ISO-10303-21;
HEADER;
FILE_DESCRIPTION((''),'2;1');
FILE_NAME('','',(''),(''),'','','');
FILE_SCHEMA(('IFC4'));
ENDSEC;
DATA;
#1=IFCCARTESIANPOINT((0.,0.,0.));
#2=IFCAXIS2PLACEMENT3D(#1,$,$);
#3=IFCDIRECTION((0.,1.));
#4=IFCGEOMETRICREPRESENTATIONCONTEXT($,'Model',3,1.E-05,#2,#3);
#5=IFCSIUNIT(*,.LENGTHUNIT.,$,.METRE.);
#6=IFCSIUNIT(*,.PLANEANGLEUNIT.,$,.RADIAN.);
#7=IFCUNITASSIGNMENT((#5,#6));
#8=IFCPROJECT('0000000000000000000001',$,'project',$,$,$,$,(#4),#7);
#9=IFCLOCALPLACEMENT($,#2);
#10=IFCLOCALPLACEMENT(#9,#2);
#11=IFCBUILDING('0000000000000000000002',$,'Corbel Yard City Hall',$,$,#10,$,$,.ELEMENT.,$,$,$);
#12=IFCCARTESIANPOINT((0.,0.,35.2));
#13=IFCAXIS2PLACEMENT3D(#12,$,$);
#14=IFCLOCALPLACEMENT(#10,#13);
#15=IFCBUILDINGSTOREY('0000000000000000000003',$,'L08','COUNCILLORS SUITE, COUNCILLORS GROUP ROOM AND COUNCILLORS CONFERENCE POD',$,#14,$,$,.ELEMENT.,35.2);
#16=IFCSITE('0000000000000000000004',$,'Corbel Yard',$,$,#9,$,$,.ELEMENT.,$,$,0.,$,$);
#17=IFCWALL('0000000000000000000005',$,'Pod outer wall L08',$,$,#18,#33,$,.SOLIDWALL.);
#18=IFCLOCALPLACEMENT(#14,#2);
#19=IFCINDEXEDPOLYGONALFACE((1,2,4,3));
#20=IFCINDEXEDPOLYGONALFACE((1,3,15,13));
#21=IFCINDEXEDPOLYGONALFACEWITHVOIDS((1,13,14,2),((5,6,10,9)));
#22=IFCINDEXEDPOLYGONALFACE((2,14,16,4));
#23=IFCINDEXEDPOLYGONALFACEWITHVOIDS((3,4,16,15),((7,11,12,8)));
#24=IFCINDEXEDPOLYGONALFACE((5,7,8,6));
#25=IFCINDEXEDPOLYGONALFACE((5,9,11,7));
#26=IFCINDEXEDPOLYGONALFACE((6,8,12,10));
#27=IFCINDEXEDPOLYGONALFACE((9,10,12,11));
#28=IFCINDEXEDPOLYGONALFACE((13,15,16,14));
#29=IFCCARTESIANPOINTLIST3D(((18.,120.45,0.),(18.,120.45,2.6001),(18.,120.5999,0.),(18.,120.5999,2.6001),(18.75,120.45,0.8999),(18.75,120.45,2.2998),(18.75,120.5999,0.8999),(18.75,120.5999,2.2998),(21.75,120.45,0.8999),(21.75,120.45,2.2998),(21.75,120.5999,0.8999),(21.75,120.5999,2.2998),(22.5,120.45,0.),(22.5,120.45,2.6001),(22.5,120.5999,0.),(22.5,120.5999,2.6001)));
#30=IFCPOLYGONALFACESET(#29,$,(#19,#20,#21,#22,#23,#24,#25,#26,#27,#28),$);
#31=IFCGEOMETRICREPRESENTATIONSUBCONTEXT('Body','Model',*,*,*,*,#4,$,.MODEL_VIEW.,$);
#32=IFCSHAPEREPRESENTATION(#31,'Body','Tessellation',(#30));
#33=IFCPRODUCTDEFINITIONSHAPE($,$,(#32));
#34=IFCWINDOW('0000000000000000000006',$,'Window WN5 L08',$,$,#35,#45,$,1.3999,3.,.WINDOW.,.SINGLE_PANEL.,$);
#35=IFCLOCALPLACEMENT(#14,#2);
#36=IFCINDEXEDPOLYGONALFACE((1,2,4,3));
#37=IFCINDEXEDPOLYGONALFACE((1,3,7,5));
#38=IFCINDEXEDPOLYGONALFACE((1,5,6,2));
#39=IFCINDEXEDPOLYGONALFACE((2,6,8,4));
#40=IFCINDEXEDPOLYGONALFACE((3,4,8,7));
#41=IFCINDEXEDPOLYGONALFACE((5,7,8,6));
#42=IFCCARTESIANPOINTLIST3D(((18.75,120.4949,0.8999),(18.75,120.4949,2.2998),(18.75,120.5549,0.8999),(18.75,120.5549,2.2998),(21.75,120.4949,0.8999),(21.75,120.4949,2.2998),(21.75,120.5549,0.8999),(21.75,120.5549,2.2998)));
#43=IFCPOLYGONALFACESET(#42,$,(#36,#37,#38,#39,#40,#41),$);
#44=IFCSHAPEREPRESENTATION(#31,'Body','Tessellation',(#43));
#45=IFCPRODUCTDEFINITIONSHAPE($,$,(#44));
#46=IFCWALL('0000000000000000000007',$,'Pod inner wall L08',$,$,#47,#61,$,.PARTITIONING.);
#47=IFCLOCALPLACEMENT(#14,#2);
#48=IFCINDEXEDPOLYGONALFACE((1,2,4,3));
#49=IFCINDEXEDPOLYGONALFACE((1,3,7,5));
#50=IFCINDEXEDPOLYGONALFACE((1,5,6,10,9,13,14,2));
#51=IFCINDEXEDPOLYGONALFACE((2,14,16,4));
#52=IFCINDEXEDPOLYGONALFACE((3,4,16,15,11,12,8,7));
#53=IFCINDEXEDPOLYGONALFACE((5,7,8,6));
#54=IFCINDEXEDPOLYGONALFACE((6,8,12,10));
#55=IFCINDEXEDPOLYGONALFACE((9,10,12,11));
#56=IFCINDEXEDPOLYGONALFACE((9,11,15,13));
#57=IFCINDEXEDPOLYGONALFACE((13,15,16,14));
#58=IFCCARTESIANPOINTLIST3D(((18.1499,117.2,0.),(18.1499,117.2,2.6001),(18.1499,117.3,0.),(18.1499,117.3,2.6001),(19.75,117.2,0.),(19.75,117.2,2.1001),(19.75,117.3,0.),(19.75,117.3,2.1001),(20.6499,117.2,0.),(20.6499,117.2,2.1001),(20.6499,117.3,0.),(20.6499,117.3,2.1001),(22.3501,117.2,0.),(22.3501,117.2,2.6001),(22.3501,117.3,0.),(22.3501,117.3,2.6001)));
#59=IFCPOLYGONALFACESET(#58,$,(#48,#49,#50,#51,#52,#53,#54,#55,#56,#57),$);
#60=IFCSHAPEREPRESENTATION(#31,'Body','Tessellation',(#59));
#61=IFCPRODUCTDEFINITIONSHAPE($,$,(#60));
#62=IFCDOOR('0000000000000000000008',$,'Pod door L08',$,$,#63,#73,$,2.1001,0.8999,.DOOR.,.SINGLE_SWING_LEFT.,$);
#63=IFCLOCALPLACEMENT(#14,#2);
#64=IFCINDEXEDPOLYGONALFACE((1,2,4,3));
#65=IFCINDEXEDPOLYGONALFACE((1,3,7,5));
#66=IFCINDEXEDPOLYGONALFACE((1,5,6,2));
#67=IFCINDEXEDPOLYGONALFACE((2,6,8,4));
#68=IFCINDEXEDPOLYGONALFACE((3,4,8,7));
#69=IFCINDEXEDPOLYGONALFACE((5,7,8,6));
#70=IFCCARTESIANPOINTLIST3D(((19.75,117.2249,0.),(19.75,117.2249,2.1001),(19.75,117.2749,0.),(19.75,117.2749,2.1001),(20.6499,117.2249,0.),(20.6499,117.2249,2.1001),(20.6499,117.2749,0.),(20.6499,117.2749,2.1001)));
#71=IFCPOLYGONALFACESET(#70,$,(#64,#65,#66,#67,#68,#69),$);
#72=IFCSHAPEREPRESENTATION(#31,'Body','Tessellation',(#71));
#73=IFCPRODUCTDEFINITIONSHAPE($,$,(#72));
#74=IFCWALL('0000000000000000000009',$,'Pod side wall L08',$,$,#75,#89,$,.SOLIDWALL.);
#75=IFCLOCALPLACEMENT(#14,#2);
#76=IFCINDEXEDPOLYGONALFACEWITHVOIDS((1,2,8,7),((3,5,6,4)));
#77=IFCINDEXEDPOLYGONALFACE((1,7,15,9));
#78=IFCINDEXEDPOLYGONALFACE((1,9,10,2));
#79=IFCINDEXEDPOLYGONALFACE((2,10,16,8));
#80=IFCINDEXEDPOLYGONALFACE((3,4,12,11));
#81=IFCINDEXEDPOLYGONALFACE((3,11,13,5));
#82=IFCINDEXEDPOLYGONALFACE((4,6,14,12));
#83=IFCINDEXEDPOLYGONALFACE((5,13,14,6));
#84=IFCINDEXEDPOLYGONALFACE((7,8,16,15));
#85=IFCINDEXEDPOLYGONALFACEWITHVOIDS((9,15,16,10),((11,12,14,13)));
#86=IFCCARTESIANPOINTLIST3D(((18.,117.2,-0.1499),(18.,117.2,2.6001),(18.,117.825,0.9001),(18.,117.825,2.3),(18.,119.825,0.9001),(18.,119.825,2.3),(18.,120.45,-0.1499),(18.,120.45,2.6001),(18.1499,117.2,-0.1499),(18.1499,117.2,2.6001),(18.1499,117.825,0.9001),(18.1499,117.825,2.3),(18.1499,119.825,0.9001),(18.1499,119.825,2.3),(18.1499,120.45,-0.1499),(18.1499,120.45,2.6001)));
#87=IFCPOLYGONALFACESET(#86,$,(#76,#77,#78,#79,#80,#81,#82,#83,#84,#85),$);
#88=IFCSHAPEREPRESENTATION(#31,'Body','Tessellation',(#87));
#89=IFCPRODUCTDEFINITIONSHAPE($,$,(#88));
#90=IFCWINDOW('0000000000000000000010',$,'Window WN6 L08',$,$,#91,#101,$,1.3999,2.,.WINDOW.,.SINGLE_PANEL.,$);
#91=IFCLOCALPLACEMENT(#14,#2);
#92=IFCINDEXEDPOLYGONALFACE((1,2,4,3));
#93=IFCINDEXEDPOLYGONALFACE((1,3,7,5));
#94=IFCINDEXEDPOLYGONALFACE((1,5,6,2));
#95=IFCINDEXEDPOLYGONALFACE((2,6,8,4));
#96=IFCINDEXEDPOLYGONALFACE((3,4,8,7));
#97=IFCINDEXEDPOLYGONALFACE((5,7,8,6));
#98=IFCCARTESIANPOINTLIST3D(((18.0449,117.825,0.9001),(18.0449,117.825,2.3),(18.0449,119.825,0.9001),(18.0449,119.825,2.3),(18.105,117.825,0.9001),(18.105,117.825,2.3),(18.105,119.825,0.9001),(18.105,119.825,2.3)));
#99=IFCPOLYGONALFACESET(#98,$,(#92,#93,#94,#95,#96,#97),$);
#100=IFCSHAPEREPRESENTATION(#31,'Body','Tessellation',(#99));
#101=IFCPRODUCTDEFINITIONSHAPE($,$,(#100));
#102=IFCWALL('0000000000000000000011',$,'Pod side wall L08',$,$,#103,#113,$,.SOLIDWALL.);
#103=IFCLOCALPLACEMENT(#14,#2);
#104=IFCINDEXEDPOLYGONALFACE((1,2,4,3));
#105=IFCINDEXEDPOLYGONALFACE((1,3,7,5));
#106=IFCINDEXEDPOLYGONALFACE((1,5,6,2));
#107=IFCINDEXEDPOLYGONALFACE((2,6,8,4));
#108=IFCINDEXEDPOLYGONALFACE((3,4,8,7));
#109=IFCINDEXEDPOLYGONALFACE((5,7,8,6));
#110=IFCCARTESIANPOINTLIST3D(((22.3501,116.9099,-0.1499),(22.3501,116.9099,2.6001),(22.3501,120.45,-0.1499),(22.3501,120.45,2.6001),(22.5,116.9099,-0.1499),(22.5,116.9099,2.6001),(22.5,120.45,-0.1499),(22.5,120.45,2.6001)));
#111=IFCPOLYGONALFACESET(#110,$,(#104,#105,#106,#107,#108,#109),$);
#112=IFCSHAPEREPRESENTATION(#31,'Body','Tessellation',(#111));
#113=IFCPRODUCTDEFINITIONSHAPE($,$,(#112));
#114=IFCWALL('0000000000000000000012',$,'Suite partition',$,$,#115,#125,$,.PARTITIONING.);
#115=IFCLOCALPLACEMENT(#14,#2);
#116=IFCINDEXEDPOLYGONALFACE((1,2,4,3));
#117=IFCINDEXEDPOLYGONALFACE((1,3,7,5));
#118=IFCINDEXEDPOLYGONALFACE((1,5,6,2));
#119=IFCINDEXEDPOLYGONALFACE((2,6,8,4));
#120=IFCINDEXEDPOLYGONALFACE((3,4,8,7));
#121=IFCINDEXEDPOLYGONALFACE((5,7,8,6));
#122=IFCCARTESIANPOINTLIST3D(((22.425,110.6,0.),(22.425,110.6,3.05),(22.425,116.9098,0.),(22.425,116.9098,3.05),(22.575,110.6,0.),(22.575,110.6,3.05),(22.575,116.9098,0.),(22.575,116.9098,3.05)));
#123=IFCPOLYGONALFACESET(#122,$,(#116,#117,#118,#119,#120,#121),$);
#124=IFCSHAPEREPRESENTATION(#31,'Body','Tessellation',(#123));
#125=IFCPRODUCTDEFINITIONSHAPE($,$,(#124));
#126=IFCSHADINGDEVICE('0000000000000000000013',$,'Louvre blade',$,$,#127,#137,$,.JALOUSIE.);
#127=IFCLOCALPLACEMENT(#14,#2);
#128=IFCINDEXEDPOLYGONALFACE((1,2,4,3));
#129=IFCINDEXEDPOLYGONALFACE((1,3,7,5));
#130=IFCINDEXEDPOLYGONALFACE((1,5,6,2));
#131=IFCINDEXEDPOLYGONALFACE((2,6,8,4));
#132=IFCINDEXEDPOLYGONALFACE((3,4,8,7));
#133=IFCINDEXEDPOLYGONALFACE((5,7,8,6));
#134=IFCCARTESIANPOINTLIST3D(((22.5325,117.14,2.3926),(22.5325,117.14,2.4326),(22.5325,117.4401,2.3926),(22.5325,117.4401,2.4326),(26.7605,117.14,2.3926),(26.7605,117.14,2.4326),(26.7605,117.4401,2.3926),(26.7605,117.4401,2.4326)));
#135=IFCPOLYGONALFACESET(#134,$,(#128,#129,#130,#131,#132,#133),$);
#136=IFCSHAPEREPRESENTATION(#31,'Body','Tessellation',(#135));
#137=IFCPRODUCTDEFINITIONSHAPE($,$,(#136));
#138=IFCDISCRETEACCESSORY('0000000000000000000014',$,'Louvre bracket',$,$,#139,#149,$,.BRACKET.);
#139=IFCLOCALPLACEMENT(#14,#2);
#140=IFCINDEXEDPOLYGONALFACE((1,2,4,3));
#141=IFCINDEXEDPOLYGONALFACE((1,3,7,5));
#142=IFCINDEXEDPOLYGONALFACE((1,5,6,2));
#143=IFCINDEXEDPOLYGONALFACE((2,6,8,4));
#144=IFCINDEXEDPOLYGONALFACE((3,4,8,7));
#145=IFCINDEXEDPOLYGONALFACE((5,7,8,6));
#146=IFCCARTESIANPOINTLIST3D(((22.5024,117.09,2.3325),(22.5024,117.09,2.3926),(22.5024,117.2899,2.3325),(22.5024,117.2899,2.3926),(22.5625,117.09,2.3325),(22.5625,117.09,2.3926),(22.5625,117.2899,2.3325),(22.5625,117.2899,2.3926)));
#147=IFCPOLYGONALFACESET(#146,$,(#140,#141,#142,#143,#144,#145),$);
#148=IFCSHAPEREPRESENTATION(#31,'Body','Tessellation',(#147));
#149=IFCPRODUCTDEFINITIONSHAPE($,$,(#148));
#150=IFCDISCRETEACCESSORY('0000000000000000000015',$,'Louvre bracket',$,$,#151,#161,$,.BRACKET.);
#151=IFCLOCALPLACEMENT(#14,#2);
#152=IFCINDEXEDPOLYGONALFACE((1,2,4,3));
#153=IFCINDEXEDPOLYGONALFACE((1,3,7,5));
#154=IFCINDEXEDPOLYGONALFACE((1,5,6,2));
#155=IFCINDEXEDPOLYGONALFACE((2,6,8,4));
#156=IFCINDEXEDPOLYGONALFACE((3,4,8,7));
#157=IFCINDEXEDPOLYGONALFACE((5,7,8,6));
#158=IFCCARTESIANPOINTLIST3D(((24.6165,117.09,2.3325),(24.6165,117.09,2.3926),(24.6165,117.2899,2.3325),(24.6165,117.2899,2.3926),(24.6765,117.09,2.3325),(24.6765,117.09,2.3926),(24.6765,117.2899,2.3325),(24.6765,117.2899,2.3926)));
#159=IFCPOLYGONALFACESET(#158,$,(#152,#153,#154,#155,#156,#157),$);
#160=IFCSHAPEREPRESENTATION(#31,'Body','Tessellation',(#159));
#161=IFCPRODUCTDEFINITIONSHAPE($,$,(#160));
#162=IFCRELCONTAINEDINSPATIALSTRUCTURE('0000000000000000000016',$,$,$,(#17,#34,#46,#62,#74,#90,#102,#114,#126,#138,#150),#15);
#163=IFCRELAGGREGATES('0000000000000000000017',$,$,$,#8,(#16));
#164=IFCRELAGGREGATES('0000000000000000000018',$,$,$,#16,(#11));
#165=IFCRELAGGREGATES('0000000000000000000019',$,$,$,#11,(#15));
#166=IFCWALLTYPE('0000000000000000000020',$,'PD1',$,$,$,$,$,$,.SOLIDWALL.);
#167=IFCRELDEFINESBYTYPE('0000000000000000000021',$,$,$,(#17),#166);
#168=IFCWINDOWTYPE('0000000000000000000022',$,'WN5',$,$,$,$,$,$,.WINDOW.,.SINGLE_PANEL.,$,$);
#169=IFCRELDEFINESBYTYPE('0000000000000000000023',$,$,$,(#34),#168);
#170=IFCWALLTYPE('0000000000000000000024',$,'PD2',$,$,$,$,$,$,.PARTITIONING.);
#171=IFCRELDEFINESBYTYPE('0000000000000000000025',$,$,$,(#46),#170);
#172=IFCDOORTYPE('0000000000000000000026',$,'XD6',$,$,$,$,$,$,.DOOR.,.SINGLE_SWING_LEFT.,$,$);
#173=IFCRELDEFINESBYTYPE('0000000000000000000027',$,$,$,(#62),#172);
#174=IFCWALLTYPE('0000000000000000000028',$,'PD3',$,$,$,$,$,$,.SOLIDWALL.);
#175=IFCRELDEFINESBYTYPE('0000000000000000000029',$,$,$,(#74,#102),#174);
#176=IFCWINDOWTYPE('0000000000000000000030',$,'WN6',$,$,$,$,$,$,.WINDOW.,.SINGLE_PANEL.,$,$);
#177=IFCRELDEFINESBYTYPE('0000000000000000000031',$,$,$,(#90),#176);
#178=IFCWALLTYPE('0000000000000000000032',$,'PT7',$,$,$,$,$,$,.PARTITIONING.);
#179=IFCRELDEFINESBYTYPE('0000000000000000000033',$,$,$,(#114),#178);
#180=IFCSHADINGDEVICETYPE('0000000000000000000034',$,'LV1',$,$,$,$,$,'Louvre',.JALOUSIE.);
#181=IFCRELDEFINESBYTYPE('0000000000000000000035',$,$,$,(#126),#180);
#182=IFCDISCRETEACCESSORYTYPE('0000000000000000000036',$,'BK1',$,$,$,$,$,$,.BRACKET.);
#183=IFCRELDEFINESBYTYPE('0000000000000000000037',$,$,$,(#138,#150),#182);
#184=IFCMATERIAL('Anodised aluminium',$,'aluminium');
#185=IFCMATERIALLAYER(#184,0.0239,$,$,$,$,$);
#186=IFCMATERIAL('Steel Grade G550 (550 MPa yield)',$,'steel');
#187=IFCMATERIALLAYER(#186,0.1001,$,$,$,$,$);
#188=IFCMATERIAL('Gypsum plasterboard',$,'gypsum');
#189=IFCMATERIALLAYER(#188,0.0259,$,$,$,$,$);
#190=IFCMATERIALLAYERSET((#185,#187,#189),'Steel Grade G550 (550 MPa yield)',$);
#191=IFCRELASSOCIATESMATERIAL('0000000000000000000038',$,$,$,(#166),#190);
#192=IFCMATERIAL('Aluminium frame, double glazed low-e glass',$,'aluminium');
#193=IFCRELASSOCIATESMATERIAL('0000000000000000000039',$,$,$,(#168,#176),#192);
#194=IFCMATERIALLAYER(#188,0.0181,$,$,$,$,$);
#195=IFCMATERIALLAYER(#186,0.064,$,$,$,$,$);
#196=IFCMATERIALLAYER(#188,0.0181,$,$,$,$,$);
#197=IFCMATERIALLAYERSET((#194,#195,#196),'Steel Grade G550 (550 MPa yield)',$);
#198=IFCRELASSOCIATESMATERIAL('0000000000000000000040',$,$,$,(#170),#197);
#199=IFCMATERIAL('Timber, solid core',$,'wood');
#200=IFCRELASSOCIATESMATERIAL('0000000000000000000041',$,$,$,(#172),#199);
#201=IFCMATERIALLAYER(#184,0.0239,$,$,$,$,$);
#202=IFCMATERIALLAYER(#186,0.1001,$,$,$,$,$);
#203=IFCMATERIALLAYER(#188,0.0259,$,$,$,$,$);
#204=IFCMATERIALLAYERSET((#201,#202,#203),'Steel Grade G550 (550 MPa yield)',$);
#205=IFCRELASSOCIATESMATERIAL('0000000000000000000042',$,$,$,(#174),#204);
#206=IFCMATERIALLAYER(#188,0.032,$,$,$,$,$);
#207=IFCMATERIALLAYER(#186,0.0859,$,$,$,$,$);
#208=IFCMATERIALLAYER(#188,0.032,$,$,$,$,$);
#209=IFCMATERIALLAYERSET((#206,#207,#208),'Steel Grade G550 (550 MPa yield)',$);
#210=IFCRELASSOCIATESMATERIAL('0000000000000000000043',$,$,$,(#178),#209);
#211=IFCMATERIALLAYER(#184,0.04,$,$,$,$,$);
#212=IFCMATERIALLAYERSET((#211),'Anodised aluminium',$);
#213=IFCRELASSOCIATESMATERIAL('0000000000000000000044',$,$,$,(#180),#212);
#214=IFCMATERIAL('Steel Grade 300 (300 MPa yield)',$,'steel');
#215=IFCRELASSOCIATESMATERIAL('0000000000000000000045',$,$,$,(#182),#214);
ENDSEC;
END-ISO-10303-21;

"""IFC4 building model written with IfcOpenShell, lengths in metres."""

from ifc_helpers import new_model, si_unit, direction, frame, frame_2d, origin, origin_2d, place, context, subcontext, project, spatial, rectangle, extrude, material, layer, layer_set, type_object, element, fill, save


model = new_model("IFC4")

# Units and contexts
model_context = context("Model", 3, precision=1e-05, world=origin(), true_north=direction((0.0, 1.0)))
body_context = subcontext(model_context, "Body", "Model", "MODEL_VIEW")
ifc_project = project(units=[si_unit("LENGTHUNIT", "METRE"), si_unit("PLANEANGLEUNIT", "RADIAN")], contexts=[model_context])

# Site, building, storey
site_placement = place(None, origin())
site = spatial("IfcSite", under=ifc_project, at=site_placement, Name="Corbel Yard", CompositionType="ELEMENT", RefElevation=0.0)
building_placement = place(site_placement, origin())
building = spatial("IfcBuilding", under=site, at=building_placement, Name="Corbel Yard City Hall", CompositionType="ELEMENT")
storey_placement = place(building_placement, frame((0.0, 0.0, 35.2)))
storey = spatial("IfcBuildingStorey", under=building, at=storey_placement, Name="L08", Description="COUNCILLORS SUITE, COUNCILLORS GROUP ROOM AND COUNCILLORS CONFERENCE POD", CompositionType="ELEMENT", Elevation=35.2)

# Shared definitions
ifc_material_1 = material(Name="Steel Grade 300 (300 MPa yield)", Category="steel")

# Wall, opening, window
ifc_material_2 = material(Name="Anodised aluminium", Category="aluminium")
ifc_layer_1 = layer(ifc_material_2, 0.0239)
ifc_material_3 = material(Name="Steel Grade G550 (550 MPa yield)", Category="steel")
ifc_layer_2 = layer(ifc_material_3, 0.1001)
ifc_material_4 = material(Name="Gypsum plasterboard", Category="gypsum")
ifc_layer_3 = layer(ifc_material_4, 0.0259)
ifc_layer_set_1 = layer_set([ifc_layer_1, ifc_layer_2, ifc_layer_3], Name="Steel Grade G550 (550 MPa yield)")
wall_type_1 = type_object("IfcWallType", Name="PD1", PredefinedType="SOLIDWALL", material=ifc_layer_set_1)
wall_1_placement = place(storey_placement, frame((18.0, 120.5249, 0.0), z_axis=(0.0, 0.0, 1.0), x_axis=(1.0, 0.0, 0.0)))
wall_1 = element("IfcWall", 1, at=wall_1_placement, inside=storey, type_object=wall_type_1, Name="Pod outer wall L08", PredefinedType="SOLIDWALL", context=body_context, shape_type="SweptSolid", body=[
    extrude(rectangle(XDim=4.5, YDim=0.1499, at=frame_2d((2.25, 0.0))), origin(), (0.0, 0.0, 1.0), 2.6001),
])
opening_1_placement = place(wall_1_placement, frame((0.75, 0.0, 0.8999)))
opening_1 = element("IfcOpeningElement", 2, at=opening_1_placement, cuts=wall_1, PredefinedType="OPENING", context=body_context, shape_type="SweptSolid", body=[
    extrude(rectangle(XDim=3.0, YDim=1.3999, at=frame_2d((1.5, 0.7))), frame((0.0, 0.085, 0.0), z_axis=(0.0, -1.0, 0.0), x_axis=(1.0, 0.0, 0.0)), (0.0, 0.0, 1.0), 0.1699),
])
ifc_material_5 = material(Name="Aluminium frame, double glazed low-e glass", Category="aluminium")
window_type_1 = type_object("IfcWindowType", Name="WN5", PartitioningType="SINGLE_PANEL", PredefinedType="WINDOW", material=ifc_material_5)
window_1_placement = place(opening_1_placement, origin())
window_1 = element("IfcWindow", 3, at=window_1_placement, inside=storey, type_object=window_type_1, Name="Window WN5 L08", OverallHeight=1.3999, OverallWidth=3.0, PartitioningType="SINGLE_PANEL", PredefinedType="WINDOW", context=body_context, shape_type="SweptSolid", body=[
    extrude(rectangle(XDim=3.0, YDim=1.3999, at=frame_2d((1.5, 0.7))), frame((0.0, 0.03, 0.0), z_axis=(0.0, -1.0, 0.0), x_axis=(1.0, 0.0, 0.0)), (0.0, 0.0, 1.0), 0.0601),
])
fill(opening_1, window_1)

# Wall, opening, door
ifc_layer_4 = layer(ifc_material_4, 0.0181)
ifc_layer_5 = layer(ifc_material_3, 0.064)
ifc_layer_6 = layer(ifc_material_4, 0.0181)
ifc_layer_set_2 = layer_set([ifc_layer_4, ifc_layer_5, ifc_layer_6], Name="Steel Grade G550 (550 MPa yield)")
wall_type_2 = type_object("IfcWallType", Name="PD2", PredefinedType="PARTITIONING", material=ifc_layer_set_2)
wall_2_placement = place(storey_placement, frame((18.1499, 117.25, 0.0), z_axis=(0.0, 0.0, 1.0), x_axis=(1.0, 0.0, 0.0)))
wall_2 = element("IfcWall", 4, at=wall_2_placement, inside=storey, type_object=wall_type_2, Name="Pod inner wall L08", PredefinedType="PARTITIONING", context=body_context, shape_type="SweptSolid", body=[
    extrude(rectangle(XDim=4.2002, YDim=0.1001, at=frame_2d((2.1001, 0.0))), origin(), (0.0, 0.0, 1.0), 2.6001),
])
opening_2_placement = place(wall_2_placement, frame((1.6001, 0.0, 0.0)))
opening_2 = element("IfcOpeningElement", 5, at=opening_2_placement, cuts=wall_2, PredefinedType="OPENING", context=body_context, shape_type="SweptSolid", body=[
    extrude(rectangle(XDim=0.8999, YDim=2.1001, at=frame_2d((0.45, 1.05))), frame((0.0, 0.0601, 0.0), z_axis=(0.0, -1.0, 0.0), x_axis=(1.0, 0.0, 0.0)), (0.0, 0.0, 1.0), 0.1201),
])
ifc_material_6 = material(Name="Timber, solid core", Category="wood")
door_type = type_object("IfcDoorType", Name="XD6", OperationType="SINGLE_SWING_LEFT", PredefinedType="DOOR", material=ifc_material_6)
door_placement = place(opening_2_placement, origin())
door = element("IfcDoor", 6, at=door_placement, inside=storey, type_object=door_type, Name="Pod door L08", OperationType="SINGLE_SWING_LEFT", OverallHeight=2.1001, OverallWidth=0.8999, PredefinedType="DOOR", context=body_context, shape_type="SweptSolid", body=[
    extrude(rectangle(XDim=0.8999, YDim=2.1001, at=frame_2d((0.45, 1.05))), frame((0.0, 0.0249, 0.0), z_axis=(0.0, -1.0, 0.0), x_axis=(1.0, 0.0, 0.0)), (0.0, 0.0, 1.0), 0.05),
])
fill(opening_2, door)

# Wall, opening, window
ifc_layer_7 = layer(ifc_material_2, 0.0239)
ifc_layer_8 = layer(ifc_material_3, 0.1001)
ifc_layer_9 = layer(ifc_material_4, 0.0259)
ifc_layer_set_3 = layer_set([ifc_layer_7, ifc_layer_8, ifc_layer_9], Name="Steel Grade G550 (550 MPa yield)")
wall_type_3 = type_object("IfcWallType", Name="PD3", PredefinedType="SOLIDWALL", material=ifc_layer_set_3)
wall_3_placement = place(storey_placement, frame((18.075, 120.45, -0.1499), z_axis=(0.0, 0.0, 1.0), x_axis=(0.0, -1.0, 0.0)))
wall_3 = element("IfcWall", 7, at=wall_3_placement, inside=storey, type_object=wall_type_3, Name="Pod side wall L08", PredefinedType="SOLIDWALL", context=body_context, shape_type="SweptSolid", body=[
    extrude(rectangle(XDim=3.25, YDim=0.1499, at=frame_2d((1.625, 0.0))), origin(), (0.0, 0.0, 1.0), 2.75),
])
opening_3_placement = place(wall_3_placement, frame((0.625, 0.0, 1.05)))
opening_3 = element("IfcOpeningElement", 8, at=opening_3_placement, cuts=wall_3, PredefinedType="OPENING", context=body_context, shape_type="SweptSolid", body=[
    extrude(rectangle(XDim=2.0, YDim=1.3999, at=frame_2d((1.0, 0.7))), frame((0.0, 0.085, 0.0), z_axis=(0.0, -1.0, 0.0), x_axis=(1.0, 0.0, 0.0)), (0.0, 0.0, 1.0), 0.1699),
])
window_type_2 = type_object("IfcWindowType", Name="WN6", PartitioningType="SINGLE_PANEL", PredefinedType="WINDOW", material=ifc_material_5)
window_2_placement = place(opening_3_placement, origin())
window_2 = element("IfcWindow", 9, at=window_2_placement, inside=storey, type_object=window_type_2, Name="Window WN6 L08", OverallHeight=1.3999, OverallWidth=2.0, PartitioningType="SINGLE_PANEL", PredefinedType="WINDOW", context=body_context, shape_type="SweptSolid", body=[
    extrude(rectangle(XDim=2.0, YDim=1.3999, at=frame_2d((1.0, 0.7))), frame((0.0, 0.03, 0.0), z_axis=(0.0, -1.0, 0.0), x_axis=(1.0, 0.0, 0.0)), (0.0, 0.0, 1.0), 0.0601),
])
fill(opening_3, window_2)

# Walls
wall_4_placement = place(storey_placement, frame((22.425, 120.45, -0.1499), z_axis=(0.0, 0.0, 1.0), x_axis=(0.0, -1.0, 0.0)))
element("IfcWall", 10, at=wall_4_placement, inside=storey, type_object=wall_type_3, Name="Pod side wall L08", PredefinedType="SOLIDWALL", context=body_context, shape_type="SweptSolid", body=[
    extrude(rectangle(XDim=3.54, YDim=0.1499, at=frame_2d((1.77, 0.0))), origin(), (0.0, 0.0, 1.0), 2.75),
])
ifc_layer_10 = layer(ifc_material_4, 0.032)
ifc_layer_11 = layer(ifc_material_3, 0.0859)
ifc_layer_12 = layer(ifc_material_4, 0.032)
ifc_layer_set_4 = layer_set([ifc_layer_10, ifc_layer_11, ifc_layer_12], Name="Steel Grade G550 (550 MPa yield)")
wall_type_4 = type_object("IfcWallType", Name="PT7", PredefinedType="PARTITIONING", material=ifc_layer_set_4)
wall_5_placement = place(storey_placement, frame((22.5, 110.6001, 0.0), z_axis=(0.0, 0.0, 1.0), x_axis=(0.0, 1.0, 0.0)))
element("IfcWall", 11, at=wall_5_placement, inside=storey, type_object=wall_type_4, Name="Suite partition", PredefinedType="PARTITIONING", context=body_context, shape_type="SweptSolid", body=[
    extrude(rectangle(XDim=6.3098, YDim=0.1499, at=frame_2d((3.1548, 0.0))), origin(), (0.0, 0.0, 1.0), 3.05),
])

# Shading device
ifc_layer_13 = layer(ifc_material_2, 0.04)
ifc_layer_set_5 = layer_set([ifc_layer_13], Name="Anodised aluminium")
shading_device_type = type_object("IfcShadingDeviceType", Name="LV1", ElementType="Louvre", PredefinedType="JALOUSIE", material=ifc_layer_set_5)
shading_device_placement = place(storey_placement, frame((24.6465, 117.29, 2.3926), z_axis=(0.0, 0.0, 1.0), x_axis=(1.0, 0.0, 0.0)))
element("IfcShadingDevice", 12, at=shading_device_placement, inside=storey, type_object=shading_device_type, Name="Louvre blade", PredefinedType="JALOUSIE", context=body_context, shape_type="SweptSolid", body=[
    extrude(rectangle(XDim=4.228, YDim=0.3, at=origin_2d()), origin(), (0.0, 0.0, 1.0), 0.04),
])

# Discrete accessories
discrete_accessory_type = type_object("IfcDiscreteAccessoryType", Name="BK1", PredefinedType="BRACKET", material=ifc_material_1)
for number, where, z_axis, x_axis, name in (
    (13, (22.5325, 117.1899, 2.3325), (0.0, 0.0, 1.0), (1.0, 0.0, 0.0), "Louvre bracket"),
    (14, (24.6465, 117.1899, 2.3325), (0.0, 0.0, 1.0), (1.0, 0.0, 0.0), "Louvre bracket"),
):
    element("IfcDiscreteAccessory", number, at=place(storey_placement, frame(where, z_axis=z_axis, x_axis=x_axis)), inside=storey, type_object=discrete_accessory_type, Name=name, PredefinedType="BRACKET", context=body_context, shape_type="SweptSolid", body=[
        extrude(rectangle(XDim=0.0601, YDim=0.2, at=origin_2d()), origin(), (0.0, 0.0, 1.0), 0.0601),
    ])

save(model, "model.ifc")
